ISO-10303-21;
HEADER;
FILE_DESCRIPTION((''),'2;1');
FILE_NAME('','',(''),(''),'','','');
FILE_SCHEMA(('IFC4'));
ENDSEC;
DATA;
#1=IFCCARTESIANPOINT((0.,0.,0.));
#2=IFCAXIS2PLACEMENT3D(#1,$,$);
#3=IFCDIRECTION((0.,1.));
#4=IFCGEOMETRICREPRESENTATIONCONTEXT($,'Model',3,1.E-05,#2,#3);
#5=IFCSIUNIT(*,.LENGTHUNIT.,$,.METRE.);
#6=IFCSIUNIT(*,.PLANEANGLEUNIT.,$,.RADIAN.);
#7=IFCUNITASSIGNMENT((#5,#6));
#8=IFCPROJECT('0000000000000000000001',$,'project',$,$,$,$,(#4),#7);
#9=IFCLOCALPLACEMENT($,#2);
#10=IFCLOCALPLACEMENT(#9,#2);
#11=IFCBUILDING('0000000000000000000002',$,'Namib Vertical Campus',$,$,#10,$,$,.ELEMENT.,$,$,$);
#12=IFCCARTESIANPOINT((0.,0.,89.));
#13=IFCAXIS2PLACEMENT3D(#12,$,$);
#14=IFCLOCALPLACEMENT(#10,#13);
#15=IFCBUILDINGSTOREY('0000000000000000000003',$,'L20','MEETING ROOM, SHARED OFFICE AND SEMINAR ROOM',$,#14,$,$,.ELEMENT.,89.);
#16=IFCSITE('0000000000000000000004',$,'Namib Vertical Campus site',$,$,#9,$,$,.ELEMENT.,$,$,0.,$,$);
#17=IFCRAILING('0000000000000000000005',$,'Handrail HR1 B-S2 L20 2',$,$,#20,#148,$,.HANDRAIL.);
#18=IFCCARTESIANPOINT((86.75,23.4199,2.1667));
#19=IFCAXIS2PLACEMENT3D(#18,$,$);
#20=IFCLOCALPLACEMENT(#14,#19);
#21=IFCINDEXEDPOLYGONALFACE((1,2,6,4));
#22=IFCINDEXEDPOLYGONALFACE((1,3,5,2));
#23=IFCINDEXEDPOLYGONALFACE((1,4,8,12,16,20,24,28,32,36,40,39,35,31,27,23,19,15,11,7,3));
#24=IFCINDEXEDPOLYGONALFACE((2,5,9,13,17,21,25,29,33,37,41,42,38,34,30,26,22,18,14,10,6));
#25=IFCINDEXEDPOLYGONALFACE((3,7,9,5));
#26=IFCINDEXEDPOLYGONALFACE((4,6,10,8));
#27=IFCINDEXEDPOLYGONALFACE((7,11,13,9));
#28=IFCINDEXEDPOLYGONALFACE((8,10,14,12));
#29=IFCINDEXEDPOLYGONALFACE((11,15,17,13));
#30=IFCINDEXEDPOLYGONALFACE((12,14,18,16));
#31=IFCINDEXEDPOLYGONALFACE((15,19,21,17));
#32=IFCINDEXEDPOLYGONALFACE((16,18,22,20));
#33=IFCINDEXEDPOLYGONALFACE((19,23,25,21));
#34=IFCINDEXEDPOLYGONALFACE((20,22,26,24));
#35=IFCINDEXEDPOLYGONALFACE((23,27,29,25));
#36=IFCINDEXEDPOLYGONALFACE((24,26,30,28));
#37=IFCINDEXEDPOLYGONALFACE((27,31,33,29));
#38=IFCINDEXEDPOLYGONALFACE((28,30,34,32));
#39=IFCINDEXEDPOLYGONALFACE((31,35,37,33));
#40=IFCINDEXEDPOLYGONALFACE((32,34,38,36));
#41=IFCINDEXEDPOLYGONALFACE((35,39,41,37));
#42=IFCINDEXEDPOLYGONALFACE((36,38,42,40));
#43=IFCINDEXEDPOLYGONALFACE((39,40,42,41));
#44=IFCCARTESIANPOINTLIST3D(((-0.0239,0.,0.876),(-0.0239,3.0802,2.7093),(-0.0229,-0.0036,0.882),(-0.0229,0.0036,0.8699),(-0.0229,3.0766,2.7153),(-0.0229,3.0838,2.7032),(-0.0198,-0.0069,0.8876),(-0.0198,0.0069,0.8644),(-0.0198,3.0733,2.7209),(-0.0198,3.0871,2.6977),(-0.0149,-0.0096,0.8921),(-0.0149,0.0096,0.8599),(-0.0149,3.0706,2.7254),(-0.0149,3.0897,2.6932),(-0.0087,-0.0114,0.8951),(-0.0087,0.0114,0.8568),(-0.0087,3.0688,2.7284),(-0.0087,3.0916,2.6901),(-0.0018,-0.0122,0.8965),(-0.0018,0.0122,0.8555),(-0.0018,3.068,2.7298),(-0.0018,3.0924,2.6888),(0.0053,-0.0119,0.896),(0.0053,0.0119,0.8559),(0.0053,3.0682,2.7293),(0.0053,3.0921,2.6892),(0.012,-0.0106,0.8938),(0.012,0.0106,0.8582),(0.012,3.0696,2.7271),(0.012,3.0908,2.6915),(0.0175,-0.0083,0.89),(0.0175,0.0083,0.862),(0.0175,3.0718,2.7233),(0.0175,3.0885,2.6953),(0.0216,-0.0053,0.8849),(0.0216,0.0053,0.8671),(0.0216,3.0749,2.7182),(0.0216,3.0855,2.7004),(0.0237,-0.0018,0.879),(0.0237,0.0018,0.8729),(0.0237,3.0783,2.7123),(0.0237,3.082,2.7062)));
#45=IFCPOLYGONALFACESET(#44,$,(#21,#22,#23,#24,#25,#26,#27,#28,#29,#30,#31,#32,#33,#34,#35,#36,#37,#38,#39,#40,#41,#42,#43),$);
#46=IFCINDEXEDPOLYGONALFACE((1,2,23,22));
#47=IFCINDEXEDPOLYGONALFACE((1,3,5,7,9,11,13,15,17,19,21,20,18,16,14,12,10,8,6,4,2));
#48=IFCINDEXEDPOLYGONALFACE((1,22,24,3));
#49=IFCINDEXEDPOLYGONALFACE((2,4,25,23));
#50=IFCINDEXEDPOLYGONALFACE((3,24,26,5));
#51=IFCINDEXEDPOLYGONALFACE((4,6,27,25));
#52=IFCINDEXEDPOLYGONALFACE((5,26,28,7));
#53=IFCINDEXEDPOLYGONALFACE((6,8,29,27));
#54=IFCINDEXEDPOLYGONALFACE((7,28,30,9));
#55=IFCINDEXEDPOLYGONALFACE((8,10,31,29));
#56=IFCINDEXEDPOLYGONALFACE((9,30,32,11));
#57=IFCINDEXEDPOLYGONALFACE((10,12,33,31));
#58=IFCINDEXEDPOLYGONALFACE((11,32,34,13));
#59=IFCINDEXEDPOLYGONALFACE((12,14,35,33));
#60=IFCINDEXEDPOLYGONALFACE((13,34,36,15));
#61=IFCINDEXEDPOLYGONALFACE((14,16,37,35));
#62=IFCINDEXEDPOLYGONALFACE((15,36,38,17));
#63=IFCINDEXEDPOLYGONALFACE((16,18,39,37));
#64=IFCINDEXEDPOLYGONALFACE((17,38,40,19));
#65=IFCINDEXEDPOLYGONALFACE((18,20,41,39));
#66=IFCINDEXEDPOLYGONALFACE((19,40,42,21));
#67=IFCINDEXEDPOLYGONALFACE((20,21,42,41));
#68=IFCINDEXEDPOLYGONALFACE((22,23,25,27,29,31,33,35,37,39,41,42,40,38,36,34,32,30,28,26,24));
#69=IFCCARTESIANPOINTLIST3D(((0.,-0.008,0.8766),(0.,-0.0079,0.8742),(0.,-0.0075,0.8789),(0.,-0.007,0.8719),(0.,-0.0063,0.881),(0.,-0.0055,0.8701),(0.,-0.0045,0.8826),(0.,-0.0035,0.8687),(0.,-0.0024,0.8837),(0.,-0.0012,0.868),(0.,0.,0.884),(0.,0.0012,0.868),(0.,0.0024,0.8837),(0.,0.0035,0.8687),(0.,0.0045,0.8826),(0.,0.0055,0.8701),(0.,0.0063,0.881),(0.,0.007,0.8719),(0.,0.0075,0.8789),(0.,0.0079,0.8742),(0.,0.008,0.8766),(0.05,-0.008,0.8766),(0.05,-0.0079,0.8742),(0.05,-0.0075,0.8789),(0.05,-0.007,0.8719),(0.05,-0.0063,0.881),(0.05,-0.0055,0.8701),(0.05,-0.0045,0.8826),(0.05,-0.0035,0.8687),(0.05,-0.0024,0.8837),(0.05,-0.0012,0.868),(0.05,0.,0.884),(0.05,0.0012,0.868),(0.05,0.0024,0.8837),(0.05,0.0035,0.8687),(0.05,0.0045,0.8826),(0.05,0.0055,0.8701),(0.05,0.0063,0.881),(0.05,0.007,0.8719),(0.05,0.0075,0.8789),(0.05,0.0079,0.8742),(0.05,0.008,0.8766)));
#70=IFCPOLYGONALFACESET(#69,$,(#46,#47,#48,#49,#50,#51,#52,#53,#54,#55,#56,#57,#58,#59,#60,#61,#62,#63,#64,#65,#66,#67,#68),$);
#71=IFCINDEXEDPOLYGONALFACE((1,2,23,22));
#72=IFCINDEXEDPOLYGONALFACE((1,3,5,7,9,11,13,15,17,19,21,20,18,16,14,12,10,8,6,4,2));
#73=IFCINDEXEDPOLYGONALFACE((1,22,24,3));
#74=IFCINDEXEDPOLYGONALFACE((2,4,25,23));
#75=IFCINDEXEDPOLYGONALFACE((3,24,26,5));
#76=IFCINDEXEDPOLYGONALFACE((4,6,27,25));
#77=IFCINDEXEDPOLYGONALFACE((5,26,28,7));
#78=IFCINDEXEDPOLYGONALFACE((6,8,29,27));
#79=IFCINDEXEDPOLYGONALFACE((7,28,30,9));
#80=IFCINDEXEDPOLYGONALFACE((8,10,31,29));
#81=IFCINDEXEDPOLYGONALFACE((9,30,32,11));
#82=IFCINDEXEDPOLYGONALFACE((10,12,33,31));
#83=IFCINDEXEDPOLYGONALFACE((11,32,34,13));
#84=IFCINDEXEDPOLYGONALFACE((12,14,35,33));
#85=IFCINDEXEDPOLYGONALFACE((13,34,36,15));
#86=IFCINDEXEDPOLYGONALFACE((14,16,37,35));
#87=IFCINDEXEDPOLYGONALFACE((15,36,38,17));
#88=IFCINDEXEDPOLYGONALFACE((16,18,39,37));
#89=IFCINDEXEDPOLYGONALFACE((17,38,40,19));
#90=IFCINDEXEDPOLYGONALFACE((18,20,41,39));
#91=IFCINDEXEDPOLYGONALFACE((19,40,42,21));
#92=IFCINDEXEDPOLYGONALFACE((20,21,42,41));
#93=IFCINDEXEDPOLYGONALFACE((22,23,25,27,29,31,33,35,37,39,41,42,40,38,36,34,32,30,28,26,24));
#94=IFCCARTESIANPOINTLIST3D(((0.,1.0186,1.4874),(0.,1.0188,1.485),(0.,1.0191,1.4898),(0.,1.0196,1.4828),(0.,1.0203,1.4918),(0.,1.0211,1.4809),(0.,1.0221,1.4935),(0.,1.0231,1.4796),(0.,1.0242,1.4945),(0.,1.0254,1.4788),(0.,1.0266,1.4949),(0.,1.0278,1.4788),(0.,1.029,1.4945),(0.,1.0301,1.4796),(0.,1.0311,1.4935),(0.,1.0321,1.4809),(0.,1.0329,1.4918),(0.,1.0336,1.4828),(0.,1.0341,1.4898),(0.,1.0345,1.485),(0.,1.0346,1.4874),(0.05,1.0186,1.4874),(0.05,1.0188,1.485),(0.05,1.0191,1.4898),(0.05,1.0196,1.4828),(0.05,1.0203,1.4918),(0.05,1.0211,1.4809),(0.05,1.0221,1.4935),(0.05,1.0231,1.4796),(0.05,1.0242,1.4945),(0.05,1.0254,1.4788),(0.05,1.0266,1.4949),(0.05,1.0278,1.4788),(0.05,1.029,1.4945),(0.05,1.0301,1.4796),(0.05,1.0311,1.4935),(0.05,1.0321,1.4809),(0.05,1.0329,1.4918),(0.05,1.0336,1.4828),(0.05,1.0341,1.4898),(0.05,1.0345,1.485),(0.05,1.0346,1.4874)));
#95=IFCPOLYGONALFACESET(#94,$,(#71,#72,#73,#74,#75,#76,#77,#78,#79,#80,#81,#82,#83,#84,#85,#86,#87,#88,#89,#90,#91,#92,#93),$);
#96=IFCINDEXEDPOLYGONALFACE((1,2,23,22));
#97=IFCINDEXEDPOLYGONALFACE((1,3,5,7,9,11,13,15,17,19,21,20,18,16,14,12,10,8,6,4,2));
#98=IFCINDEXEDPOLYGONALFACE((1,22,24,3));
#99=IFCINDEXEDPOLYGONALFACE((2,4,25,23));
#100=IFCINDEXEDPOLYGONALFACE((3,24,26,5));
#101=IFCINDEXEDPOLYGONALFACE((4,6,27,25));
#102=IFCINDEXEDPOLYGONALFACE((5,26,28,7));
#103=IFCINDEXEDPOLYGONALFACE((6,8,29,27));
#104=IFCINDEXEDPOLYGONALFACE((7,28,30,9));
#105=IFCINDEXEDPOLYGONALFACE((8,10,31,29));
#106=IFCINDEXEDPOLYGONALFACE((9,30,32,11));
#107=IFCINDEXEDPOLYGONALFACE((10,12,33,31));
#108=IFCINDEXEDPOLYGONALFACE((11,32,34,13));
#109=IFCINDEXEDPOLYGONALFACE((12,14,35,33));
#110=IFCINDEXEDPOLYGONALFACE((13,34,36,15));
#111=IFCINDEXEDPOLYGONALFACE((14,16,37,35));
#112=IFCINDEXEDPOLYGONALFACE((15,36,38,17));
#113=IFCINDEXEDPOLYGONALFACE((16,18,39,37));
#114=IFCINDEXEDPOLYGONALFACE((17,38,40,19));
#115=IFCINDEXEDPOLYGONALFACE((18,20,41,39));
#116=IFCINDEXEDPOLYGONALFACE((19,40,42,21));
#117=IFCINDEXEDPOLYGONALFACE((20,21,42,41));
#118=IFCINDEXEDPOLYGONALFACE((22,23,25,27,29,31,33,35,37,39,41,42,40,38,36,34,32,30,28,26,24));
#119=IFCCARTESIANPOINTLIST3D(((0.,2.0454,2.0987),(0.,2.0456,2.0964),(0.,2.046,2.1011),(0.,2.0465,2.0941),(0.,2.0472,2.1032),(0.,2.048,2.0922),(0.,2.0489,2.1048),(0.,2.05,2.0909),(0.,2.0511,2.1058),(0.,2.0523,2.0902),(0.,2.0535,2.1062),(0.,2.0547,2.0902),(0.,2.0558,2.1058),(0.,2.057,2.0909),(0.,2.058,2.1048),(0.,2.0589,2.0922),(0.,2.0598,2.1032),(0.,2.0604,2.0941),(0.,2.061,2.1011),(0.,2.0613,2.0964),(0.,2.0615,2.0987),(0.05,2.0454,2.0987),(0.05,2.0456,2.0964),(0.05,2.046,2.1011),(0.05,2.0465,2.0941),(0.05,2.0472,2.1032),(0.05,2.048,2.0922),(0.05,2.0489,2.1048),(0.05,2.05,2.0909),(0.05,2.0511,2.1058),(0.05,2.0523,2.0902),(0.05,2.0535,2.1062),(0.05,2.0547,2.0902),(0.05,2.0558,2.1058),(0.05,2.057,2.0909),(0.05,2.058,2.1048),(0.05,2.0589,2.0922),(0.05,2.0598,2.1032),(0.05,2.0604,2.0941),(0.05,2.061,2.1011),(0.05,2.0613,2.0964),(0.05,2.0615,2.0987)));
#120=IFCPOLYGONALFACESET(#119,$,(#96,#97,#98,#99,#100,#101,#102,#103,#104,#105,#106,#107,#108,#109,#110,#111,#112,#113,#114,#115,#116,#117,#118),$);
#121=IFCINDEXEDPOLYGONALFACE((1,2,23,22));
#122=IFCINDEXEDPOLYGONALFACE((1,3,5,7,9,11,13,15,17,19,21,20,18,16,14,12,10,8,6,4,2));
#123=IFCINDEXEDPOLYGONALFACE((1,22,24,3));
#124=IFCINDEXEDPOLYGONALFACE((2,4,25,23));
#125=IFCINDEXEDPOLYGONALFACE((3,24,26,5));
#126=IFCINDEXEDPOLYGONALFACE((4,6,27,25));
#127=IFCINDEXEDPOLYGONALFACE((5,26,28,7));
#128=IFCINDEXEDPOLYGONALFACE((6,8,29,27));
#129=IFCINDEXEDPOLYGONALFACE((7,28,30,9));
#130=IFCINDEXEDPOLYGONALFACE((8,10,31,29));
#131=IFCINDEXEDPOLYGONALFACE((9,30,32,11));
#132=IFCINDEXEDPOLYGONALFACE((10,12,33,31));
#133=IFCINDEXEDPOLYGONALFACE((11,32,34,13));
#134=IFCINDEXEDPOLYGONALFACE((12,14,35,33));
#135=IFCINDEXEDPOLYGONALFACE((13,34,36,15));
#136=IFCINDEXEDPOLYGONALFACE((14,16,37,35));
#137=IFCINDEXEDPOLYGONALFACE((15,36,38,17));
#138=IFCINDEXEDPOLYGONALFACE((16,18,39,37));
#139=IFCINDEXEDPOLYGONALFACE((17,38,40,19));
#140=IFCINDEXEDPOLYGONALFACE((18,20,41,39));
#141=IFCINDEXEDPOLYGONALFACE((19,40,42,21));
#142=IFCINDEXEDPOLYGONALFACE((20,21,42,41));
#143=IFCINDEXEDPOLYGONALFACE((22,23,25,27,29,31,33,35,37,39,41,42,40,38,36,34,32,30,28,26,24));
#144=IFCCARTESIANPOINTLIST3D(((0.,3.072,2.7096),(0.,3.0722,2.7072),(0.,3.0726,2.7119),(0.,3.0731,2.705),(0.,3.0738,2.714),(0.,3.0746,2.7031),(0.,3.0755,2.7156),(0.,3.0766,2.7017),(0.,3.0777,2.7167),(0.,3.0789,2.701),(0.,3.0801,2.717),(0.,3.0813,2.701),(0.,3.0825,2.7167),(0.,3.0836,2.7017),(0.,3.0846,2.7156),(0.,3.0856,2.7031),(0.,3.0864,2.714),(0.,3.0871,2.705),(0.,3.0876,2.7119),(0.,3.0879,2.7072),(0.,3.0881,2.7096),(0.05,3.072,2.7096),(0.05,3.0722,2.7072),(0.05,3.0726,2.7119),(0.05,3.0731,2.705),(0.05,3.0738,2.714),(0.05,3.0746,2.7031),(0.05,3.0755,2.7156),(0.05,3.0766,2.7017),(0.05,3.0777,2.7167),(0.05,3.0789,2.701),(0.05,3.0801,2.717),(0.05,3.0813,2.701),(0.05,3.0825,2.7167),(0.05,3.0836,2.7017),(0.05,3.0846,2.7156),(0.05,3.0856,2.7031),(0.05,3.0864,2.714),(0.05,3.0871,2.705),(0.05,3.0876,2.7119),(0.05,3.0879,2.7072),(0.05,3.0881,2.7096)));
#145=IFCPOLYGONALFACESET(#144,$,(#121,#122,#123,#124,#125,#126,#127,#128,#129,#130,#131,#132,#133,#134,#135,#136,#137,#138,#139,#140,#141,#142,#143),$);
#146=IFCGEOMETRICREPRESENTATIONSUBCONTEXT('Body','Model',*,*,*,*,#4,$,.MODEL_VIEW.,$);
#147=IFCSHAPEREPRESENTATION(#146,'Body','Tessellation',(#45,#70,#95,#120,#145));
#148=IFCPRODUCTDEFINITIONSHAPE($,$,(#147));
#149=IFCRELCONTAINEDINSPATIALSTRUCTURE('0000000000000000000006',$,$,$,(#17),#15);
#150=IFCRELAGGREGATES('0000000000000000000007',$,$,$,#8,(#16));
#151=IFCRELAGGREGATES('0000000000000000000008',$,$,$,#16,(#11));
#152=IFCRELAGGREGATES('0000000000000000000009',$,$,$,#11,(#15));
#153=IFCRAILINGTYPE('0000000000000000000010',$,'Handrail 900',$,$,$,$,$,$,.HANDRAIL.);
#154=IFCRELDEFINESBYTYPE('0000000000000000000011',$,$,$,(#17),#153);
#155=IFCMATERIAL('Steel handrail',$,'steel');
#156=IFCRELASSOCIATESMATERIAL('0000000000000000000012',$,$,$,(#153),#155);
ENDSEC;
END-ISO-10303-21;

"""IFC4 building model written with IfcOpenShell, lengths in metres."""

from ifc_helpers import new_model, si_unit, direction, frame, origin, origin_2d, place, context, subcontext, project, spatial, circle, extrude, material, type_object, element, save


model = new_model("IFC4")

# Units and contexts
model_context = context("Model", 3, precision=1e-05, world=origin(), true_north=direction((0.0, 1.0)))
body_context = subcontext(model_context, "Body", "Model", "MODEL_VIEW")
ifc_project = project(units=[si_unit("LENGTHUNIT", "METRE"), si_unit("PLANEANGLEUNIT", "RADIAN")], contexts=[model_context])

# Site, building, storey
site_placement = place(None, origin())
site = spatial("IfcSite", under=ifc_project, at=site_placement, Name="Namib Vertical Campus site", CompositionType="ELEMENT", RefElevation=0.0)
building_placement = place(site_placement, origin())
building = spatial("IfcBuilding", under=site, at=building_placement, Name="Namib Vertical Campus", CompositionType="ELEMENT")
storey_placement = place(building_placement, frame((0.0, 0.0, 89.0)))
storey = spatial("IfcBuildingStorey", under=building, at=storey_placement, Name="L20", Description="MEETING ROOM, SHARED OFFICE AND SEMINAR ROOM", CompositionType="ELEMENT", Elevation=89.0)

# Railing
ifc_material_1 = material(Name="Steel handrail", Category="steel")
railing_type = type_object("IfcRailingType", Name="Handrail 900", PredefinedType="HANDRAIL", material=ifc_material_1)
railing_1_placement = place(storey_placement, frame((86.75, 23.4199, 2.1667)))
element("IfcRailing", 1, at=railing_1_placement, inside=storey, type_object=railing_type, Name="Handrail HR1 B-S2 L20 2", PredefinedType="HANDRAIL", context=body_context, shape_type="SweptSolid", body=[
    extrude(circle(Radius=0.0239, at=origin_2d()), frame((0.0, 0.0, 0.876), z_axis=(0.0, 0.859309, 0.511458), x_axis=(-1.0, 0.0, 0.0)), (0.0, 0.0, 1.0), 3.5845),
    extrude(circle(Radius=0.0081, at=origin_2d()), frame((0.0, 0.0, 0.876), z_axis=(1.0, 0.0, 0.0), x_axis=(0.0, 0.0, 1.0)), (0.0, 0.0, 1.0), 0.05),
    extrude(circle(Radius=0.0081, at=origin_2d()), frame((0.0, 1.0266, 1.4868), z_axis=(1.0, 0.0, 0.0), x_axis=(0.0, 0.0, 1.0)), (0.0, 0.0, 1.0), 0.05),
    extrude(circle(Radius=0.0081, at=origin_2d()), frame((0.0, 2.0535, 2.0981), z_axis=(1.0, 0.0, 0.0), x_axis=(0.0, 0.0, 1.0)), (0.0, 0.0, 1.0), 0.05),
    extrude(circle(Radius=0.0081, at=origin_2d()), frame((0.0, 3.0801, 2.709), z_axis=(1.0, 0.0, 0.0), x_axis=(0.0, 0.0, 1.0)), (0.0, 0.0, 1.0), 0.05),
])

save(model, "model.ifc")
